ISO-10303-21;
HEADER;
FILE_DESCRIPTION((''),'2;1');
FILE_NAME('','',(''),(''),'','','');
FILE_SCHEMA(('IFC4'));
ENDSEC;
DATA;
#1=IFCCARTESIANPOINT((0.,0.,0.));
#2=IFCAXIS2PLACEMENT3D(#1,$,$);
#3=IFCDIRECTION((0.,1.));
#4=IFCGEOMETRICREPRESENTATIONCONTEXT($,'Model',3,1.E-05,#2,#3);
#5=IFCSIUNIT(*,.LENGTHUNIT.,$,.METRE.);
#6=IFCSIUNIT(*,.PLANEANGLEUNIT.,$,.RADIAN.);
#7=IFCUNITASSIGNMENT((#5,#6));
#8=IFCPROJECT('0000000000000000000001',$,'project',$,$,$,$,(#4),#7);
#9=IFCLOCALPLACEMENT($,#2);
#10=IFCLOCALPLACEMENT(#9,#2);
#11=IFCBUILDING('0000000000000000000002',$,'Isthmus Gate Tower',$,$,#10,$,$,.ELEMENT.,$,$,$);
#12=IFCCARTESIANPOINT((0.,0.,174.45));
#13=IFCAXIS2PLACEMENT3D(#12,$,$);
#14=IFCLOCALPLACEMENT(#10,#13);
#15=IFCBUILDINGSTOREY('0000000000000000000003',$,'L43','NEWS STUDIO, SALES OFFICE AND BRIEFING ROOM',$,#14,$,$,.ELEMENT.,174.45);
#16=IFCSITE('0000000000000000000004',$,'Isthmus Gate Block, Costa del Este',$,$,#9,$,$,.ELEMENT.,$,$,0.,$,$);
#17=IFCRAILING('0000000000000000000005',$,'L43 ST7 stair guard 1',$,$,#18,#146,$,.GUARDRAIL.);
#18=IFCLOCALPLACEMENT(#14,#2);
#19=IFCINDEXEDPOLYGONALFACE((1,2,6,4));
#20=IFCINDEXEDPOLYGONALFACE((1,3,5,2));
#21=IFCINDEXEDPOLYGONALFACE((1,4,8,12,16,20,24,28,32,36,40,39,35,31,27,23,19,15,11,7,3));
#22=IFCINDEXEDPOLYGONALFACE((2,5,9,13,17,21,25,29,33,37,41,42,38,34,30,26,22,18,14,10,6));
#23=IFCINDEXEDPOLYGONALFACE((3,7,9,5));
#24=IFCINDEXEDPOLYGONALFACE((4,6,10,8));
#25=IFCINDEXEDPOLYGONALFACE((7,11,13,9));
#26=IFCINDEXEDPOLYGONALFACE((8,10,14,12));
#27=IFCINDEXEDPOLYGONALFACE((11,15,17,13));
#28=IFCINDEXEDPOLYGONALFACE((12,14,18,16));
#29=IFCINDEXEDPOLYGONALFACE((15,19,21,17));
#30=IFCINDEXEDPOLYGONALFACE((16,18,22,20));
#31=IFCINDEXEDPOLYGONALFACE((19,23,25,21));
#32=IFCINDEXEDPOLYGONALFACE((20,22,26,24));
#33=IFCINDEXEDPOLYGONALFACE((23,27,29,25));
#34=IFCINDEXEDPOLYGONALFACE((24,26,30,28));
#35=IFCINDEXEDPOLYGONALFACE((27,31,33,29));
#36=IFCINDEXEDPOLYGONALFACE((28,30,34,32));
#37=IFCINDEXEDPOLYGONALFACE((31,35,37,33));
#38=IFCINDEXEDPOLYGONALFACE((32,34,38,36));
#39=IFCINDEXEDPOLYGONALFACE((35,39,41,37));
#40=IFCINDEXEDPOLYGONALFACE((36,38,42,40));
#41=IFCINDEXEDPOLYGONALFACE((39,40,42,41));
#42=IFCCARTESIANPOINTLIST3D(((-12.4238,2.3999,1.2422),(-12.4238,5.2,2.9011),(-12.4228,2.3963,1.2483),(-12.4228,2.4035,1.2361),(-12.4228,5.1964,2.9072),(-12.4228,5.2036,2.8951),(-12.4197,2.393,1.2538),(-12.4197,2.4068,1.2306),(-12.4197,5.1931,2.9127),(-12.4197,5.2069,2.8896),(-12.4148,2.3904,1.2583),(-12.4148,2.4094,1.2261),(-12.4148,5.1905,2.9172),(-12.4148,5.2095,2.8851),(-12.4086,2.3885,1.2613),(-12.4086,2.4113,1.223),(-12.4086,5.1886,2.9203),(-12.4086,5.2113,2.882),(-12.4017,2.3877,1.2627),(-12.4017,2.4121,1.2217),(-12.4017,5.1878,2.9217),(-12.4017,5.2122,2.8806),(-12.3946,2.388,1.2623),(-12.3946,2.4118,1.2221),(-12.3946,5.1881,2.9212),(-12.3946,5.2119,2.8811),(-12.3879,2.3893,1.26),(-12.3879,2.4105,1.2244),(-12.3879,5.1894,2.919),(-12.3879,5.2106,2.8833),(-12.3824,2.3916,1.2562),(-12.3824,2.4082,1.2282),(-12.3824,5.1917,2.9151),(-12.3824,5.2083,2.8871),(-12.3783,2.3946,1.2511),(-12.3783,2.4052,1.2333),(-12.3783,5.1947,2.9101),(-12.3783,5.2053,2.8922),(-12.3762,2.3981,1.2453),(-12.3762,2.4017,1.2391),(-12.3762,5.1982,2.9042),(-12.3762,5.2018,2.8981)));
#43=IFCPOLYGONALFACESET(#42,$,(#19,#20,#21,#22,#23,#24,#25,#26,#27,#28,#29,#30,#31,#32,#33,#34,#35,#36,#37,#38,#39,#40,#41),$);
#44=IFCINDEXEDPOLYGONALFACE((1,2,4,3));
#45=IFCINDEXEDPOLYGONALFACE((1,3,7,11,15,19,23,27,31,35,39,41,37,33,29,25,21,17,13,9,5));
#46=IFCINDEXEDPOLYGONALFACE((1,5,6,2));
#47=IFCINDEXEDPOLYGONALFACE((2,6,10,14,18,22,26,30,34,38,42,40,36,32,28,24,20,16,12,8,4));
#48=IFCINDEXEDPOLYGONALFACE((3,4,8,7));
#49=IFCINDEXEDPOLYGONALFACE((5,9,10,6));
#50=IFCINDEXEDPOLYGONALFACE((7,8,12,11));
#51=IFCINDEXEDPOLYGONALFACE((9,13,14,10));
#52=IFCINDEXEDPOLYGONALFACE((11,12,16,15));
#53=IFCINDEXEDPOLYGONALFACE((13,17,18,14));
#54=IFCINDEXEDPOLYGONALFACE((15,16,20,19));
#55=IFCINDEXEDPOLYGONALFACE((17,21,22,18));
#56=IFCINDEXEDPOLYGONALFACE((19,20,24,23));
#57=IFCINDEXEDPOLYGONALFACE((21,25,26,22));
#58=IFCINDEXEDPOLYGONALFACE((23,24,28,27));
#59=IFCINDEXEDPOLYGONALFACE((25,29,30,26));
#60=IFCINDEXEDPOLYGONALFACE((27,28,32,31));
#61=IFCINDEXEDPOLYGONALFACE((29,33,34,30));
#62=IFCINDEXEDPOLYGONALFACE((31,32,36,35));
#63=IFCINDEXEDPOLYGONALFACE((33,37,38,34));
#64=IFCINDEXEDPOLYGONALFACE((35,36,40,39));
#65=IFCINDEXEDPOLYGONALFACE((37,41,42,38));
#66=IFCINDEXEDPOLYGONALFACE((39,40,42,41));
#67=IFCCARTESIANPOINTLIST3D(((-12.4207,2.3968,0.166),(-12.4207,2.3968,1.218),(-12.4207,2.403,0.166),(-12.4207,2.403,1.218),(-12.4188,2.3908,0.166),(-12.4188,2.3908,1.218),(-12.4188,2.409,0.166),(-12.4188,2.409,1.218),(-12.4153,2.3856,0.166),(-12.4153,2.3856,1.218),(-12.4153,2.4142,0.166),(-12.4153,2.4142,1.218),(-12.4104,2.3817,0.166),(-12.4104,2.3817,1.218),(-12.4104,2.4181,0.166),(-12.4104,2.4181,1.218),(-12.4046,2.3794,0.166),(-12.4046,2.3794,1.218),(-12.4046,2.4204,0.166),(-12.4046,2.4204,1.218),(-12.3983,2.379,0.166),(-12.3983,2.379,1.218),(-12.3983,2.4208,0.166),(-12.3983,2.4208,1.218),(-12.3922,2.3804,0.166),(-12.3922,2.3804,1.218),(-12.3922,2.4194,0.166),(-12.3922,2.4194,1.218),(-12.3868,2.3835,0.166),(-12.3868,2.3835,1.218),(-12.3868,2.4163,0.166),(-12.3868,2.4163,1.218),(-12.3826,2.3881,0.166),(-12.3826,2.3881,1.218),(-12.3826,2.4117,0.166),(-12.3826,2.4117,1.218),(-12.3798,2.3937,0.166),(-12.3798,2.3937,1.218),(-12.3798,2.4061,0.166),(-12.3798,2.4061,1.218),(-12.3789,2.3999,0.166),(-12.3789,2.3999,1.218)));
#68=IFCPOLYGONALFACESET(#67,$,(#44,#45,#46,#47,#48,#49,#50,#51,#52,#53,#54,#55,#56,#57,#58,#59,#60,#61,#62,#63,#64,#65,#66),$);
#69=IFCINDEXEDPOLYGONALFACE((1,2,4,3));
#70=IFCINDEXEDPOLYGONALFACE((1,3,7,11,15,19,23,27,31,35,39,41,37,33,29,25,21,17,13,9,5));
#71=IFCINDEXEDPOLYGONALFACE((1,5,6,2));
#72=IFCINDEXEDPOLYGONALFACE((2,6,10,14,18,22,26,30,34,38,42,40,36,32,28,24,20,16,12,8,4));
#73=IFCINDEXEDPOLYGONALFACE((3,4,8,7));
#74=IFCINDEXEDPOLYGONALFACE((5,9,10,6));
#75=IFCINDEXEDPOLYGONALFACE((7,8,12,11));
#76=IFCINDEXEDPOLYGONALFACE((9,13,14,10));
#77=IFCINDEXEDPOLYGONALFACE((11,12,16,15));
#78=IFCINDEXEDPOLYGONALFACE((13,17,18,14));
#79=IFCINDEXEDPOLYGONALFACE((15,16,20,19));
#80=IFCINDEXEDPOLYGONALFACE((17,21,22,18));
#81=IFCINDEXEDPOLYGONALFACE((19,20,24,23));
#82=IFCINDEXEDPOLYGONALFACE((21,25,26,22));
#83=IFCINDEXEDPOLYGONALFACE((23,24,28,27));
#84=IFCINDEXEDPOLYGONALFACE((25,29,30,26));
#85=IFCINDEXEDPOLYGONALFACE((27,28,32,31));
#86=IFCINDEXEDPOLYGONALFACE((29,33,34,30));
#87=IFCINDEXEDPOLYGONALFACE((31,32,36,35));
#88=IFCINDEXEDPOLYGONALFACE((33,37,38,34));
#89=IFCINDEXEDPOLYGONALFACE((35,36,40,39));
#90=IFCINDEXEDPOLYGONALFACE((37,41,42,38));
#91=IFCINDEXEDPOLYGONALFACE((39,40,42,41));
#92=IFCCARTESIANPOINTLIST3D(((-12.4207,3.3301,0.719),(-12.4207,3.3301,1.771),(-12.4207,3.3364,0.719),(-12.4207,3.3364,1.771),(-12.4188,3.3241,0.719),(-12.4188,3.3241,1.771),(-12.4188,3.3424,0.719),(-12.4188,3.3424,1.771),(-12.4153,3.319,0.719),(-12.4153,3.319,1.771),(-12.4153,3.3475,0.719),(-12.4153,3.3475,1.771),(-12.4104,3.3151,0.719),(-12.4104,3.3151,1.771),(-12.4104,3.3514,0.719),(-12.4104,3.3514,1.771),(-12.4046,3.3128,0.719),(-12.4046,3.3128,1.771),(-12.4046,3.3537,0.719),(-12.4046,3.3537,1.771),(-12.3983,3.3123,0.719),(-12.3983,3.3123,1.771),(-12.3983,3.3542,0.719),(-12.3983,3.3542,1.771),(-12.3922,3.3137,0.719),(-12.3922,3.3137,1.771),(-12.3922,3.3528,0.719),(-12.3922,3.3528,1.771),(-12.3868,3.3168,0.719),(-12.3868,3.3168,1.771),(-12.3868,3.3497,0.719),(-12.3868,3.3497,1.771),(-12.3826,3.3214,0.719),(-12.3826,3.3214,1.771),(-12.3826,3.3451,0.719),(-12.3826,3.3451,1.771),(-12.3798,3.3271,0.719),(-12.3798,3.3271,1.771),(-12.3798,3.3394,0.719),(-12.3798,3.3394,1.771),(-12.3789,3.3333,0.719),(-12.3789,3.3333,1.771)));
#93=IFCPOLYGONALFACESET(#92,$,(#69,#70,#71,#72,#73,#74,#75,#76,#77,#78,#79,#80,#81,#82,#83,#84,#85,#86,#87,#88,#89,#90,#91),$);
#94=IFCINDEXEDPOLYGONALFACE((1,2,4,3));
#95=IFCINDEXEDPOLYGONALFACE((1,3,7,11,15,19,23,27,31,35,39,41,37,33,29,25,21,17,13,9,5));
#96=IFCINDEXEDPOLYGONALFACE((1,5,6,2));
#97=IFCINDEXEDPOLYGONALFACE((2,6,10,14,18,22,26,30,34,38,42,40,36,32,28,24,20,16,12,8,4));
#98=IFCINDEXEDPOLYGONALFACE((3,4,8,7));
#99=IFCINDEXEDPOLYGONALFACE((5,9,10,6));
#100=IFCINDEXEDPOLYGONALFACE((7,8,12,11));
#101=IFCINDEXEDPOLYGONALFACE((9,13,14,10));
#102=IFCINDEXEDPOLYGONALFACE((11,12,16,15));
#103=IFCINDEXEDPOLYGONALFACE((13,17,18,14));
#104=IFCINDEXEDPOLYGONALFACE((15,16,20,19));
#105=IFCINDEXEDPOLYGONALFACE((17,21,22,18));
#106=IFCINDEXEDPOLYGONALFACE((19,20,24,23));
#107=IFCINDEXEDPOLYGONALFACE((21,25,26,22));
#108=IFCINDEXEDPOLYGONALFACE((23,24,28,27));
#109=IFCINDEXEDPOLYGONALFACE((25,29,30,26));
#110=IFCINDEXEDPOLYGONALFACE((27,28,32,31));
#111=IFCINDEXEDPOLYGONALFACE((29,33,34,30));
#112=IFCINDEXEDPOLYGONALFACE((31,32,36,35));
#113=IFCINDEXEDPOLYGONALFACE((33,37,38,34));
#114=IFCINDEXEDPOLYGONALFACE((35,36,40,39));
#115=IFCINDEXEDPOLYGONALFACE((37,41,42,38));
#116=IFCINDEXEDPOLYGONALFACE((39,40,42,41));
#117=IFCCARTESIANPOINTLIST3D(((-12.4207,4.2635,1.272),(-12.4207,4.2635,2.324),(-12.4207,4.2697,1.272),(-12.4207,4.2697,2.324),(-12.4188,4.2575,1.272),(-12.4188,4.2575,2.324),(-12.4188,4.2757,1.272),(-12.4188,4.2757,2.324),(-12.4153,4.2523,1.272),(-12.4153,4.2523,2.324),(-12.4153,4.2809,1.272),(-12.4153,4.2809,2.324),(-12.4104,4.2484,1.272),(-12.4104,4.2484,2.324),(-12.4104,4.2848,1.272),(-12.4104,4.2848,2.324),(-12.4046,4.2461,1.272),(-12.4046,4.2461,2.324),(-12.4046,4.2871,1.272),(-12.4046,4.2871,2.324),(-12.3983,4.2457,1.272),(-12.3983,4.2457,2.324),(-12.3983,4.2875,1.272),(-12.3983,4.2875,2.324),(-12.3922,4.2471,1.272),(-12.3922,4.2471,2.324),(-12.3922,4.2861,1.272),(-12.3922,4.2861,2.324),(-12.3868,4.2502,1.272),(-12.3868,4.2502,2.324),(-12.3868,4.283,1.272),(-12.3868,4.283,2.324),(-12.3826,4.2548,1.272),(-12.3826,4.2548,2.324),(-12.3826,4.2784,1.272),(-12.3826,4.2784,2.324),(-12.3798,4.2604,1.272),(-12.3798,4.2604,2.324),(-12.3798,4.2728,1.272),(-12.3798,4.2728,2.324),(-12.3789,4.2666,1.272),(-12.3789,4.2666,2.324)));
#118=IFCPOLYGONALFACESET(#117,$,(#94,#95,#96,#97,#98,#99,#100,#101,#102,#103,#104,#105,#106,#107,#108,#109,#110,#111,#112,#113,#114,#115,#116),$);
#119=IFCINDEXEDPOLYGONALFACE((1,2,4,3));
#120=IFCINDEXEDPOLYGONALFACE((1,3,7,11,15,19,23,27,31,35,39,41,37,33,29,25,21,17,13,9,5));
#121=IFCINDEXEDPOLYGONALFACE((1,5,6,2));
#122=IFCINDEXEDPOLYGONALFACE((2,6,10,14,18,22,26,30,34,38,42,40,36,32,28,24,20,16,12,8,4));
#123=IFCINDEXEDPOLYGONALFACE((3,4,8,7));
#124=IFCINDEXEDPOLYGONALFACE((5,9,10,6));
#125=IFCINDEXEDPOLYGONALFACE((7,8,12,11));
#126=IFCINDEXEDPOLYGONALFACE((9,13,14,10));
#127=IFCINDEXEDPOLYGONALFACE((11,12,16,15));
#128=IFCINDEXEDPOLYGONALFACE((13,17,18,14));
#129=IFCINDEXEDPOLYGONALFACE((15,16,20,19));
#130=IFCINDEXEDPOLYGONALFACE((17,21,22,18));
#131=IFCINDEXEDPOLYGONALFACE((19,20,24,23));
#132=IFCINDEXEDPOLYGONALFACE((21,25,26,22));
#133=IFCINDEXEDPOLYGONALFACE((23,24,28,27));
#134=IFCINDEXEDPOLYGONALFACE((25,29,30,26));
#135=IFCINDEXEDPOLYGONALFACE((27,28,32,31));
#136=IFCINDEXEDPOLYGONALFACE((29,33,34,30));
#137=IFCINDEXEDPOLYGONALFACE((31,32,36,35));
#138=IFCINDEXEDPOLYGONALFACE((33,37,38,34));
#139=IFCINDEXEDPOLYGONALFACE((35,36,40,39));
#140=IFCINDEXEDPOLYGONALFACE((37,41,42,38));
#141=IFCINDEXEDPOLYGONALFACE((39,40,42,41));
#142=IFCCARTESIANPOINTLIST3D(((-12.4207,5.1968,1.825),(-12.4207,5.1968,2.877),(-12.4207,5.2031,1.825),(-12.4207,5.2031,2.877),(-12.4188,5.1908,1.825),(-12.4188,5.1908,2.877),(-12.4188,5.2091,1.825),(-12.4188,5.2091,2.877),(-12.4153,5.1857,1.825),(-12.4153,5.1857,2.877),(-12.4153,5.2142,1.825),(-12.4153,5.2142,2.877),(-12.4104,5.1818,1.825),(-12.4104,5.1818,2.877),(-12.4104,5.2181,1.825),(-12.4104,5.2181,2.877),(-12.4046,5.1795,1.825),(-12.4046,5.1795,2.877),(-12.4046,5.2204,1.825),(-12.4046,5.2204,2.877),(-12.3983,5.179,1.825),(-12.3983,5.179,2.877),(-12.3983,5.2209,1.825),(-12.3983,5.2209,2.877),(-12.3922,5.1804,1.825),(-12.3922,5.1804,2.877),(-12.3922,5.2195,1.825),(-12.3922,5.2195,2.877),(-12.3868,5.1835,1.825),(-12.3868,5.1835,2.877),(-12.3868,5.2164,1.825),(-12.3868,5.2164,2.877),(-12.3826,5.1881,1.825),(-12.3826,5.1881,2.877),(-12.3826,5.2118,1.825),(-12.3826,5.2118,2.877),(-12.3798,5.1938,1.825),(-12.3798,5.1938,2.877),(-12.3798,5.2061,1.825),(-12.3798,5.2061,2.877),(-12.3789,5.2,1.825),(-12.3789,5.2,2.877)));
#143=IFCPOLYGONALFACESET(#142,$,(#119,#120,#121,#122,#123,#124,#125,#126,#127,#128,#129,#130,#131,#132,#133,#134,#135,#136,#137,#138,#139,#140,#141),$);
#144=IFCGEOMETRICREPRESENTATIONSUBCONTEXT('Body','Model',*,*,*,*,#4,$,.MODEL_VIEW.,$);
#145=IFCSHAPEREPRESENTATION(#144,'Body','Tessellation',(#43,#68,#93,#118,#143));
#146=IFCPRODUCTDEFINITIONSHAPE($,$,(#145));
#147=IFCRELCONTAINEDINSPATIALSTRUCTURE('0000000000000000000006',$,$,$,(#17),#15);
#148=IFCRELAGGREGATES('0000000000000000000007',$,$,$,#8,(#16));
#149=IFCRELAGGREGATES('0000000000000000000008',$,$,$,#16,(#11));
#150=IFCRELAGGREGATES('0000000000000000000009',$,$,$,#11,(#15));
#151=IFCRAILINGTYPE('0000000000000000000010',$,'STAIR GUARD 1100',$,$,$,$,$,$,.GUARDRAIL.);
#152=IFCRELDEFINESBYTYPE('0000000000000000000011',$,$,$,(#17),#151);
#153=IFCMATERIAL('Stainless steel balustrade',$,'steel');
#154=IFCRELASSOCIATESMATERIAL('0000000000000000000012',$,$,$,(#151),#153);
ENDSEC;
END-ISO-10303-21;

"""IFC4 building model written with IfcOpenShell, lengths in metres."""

from ifc_helpers import new_model, si_unit, direction, frame, origin, origin_2d, place, context, subcontext, project, spatial, circle, extrude, material, type_object, element, save


model = new_model("IFC4")

# Units and contexts
model_context = context("Model", 3, precision=1e-05, world=origin(), true_north=direction((0.0, 1.0)))
body_context = subcontext(model_context, "Body", "Model", "MODEL_VIEW")
ifc_project = project(units=[si_unit("LENGTHUNIT", "METRE"), si_unit("PLANEANGLEUNIT", "RADIAN")], contexts=[model_context])

# Site, building, storey
site_placement = place(None, origin())
site = spatial("IfcSite", under=ifc_project, at=site_placement, Name="Isthmus Gate Block, Costa del Este", CompositionType="ELEMENT", RefElevation=0.0)
building_placement = place(site_placement, origin())
building = spatial("IfcBuilding", under=site, at=building_placement, Name="Isthmus Gate Tower", CompositionType="ELEMENT")
storey_placement = place(building_placement, frame((0.0, 0.0, 174.45)))
storey = spatial("IfcBuildingStorey", under=building, at=storey_placement, Name="L43", Description="NEWS STUDIO, SALES OFFICE AND BRIEFING ROOM", CompositionType="ELEMENT", Elevation=174.45)

# Railing
ifc_material_1 = material(Name="Stainless steel balustrade", Category="steel")
railing_type_1 = type_object("IfcRailingType", Name="STAIR GUARD 1100", PredefinedType="GUARDRAIL", material=ifc_material_1)
railing_1_placement = place(storey_placement, frame((-12.3999, 2.3999, 0.166)))
element("IfcRailing", 1, at=railing_1_placement, inside=storey, type_object=railing_type_1, Name="L43 ST7 stair guard 1", PredefinedType="GUARDRAIL", context=body_context, shape_type="SweptSolid", body=[
    extrude(circle(Radius=0.0239, at=origin_2d()), frame((0.0, 0.0, 1.0762), z_axis=(0.0, 0.860339, 0.509722), x_axis=(-1.0, 0.0, 0.0)), (0.0, 0.0, 1.0), 3.2546),
    extrude(circle(Radius=0.021, at=origin_2d()), origin(), (0.0, 0.0, 1.0), 1.052),
    extrude(circle(Radius=0.021, at=origin_2d()), frame((0.0, 0.9333, 0.553)), (0.0, 0.0, 1.0), 1.052),
    extrude(circle(Radius=0.021, at=origin_2d()), frame((0.0, 1.8667, 1.106)), (0.0, 0.0, 1.0), 1.052),
    extrude(circle(Radius=0.021, at=origin_2d()), frame((0.0, 2.8, 1.6589)), (0.0, 0.0, 1.0), 1.052),
])

save(model, "model.ifc")
